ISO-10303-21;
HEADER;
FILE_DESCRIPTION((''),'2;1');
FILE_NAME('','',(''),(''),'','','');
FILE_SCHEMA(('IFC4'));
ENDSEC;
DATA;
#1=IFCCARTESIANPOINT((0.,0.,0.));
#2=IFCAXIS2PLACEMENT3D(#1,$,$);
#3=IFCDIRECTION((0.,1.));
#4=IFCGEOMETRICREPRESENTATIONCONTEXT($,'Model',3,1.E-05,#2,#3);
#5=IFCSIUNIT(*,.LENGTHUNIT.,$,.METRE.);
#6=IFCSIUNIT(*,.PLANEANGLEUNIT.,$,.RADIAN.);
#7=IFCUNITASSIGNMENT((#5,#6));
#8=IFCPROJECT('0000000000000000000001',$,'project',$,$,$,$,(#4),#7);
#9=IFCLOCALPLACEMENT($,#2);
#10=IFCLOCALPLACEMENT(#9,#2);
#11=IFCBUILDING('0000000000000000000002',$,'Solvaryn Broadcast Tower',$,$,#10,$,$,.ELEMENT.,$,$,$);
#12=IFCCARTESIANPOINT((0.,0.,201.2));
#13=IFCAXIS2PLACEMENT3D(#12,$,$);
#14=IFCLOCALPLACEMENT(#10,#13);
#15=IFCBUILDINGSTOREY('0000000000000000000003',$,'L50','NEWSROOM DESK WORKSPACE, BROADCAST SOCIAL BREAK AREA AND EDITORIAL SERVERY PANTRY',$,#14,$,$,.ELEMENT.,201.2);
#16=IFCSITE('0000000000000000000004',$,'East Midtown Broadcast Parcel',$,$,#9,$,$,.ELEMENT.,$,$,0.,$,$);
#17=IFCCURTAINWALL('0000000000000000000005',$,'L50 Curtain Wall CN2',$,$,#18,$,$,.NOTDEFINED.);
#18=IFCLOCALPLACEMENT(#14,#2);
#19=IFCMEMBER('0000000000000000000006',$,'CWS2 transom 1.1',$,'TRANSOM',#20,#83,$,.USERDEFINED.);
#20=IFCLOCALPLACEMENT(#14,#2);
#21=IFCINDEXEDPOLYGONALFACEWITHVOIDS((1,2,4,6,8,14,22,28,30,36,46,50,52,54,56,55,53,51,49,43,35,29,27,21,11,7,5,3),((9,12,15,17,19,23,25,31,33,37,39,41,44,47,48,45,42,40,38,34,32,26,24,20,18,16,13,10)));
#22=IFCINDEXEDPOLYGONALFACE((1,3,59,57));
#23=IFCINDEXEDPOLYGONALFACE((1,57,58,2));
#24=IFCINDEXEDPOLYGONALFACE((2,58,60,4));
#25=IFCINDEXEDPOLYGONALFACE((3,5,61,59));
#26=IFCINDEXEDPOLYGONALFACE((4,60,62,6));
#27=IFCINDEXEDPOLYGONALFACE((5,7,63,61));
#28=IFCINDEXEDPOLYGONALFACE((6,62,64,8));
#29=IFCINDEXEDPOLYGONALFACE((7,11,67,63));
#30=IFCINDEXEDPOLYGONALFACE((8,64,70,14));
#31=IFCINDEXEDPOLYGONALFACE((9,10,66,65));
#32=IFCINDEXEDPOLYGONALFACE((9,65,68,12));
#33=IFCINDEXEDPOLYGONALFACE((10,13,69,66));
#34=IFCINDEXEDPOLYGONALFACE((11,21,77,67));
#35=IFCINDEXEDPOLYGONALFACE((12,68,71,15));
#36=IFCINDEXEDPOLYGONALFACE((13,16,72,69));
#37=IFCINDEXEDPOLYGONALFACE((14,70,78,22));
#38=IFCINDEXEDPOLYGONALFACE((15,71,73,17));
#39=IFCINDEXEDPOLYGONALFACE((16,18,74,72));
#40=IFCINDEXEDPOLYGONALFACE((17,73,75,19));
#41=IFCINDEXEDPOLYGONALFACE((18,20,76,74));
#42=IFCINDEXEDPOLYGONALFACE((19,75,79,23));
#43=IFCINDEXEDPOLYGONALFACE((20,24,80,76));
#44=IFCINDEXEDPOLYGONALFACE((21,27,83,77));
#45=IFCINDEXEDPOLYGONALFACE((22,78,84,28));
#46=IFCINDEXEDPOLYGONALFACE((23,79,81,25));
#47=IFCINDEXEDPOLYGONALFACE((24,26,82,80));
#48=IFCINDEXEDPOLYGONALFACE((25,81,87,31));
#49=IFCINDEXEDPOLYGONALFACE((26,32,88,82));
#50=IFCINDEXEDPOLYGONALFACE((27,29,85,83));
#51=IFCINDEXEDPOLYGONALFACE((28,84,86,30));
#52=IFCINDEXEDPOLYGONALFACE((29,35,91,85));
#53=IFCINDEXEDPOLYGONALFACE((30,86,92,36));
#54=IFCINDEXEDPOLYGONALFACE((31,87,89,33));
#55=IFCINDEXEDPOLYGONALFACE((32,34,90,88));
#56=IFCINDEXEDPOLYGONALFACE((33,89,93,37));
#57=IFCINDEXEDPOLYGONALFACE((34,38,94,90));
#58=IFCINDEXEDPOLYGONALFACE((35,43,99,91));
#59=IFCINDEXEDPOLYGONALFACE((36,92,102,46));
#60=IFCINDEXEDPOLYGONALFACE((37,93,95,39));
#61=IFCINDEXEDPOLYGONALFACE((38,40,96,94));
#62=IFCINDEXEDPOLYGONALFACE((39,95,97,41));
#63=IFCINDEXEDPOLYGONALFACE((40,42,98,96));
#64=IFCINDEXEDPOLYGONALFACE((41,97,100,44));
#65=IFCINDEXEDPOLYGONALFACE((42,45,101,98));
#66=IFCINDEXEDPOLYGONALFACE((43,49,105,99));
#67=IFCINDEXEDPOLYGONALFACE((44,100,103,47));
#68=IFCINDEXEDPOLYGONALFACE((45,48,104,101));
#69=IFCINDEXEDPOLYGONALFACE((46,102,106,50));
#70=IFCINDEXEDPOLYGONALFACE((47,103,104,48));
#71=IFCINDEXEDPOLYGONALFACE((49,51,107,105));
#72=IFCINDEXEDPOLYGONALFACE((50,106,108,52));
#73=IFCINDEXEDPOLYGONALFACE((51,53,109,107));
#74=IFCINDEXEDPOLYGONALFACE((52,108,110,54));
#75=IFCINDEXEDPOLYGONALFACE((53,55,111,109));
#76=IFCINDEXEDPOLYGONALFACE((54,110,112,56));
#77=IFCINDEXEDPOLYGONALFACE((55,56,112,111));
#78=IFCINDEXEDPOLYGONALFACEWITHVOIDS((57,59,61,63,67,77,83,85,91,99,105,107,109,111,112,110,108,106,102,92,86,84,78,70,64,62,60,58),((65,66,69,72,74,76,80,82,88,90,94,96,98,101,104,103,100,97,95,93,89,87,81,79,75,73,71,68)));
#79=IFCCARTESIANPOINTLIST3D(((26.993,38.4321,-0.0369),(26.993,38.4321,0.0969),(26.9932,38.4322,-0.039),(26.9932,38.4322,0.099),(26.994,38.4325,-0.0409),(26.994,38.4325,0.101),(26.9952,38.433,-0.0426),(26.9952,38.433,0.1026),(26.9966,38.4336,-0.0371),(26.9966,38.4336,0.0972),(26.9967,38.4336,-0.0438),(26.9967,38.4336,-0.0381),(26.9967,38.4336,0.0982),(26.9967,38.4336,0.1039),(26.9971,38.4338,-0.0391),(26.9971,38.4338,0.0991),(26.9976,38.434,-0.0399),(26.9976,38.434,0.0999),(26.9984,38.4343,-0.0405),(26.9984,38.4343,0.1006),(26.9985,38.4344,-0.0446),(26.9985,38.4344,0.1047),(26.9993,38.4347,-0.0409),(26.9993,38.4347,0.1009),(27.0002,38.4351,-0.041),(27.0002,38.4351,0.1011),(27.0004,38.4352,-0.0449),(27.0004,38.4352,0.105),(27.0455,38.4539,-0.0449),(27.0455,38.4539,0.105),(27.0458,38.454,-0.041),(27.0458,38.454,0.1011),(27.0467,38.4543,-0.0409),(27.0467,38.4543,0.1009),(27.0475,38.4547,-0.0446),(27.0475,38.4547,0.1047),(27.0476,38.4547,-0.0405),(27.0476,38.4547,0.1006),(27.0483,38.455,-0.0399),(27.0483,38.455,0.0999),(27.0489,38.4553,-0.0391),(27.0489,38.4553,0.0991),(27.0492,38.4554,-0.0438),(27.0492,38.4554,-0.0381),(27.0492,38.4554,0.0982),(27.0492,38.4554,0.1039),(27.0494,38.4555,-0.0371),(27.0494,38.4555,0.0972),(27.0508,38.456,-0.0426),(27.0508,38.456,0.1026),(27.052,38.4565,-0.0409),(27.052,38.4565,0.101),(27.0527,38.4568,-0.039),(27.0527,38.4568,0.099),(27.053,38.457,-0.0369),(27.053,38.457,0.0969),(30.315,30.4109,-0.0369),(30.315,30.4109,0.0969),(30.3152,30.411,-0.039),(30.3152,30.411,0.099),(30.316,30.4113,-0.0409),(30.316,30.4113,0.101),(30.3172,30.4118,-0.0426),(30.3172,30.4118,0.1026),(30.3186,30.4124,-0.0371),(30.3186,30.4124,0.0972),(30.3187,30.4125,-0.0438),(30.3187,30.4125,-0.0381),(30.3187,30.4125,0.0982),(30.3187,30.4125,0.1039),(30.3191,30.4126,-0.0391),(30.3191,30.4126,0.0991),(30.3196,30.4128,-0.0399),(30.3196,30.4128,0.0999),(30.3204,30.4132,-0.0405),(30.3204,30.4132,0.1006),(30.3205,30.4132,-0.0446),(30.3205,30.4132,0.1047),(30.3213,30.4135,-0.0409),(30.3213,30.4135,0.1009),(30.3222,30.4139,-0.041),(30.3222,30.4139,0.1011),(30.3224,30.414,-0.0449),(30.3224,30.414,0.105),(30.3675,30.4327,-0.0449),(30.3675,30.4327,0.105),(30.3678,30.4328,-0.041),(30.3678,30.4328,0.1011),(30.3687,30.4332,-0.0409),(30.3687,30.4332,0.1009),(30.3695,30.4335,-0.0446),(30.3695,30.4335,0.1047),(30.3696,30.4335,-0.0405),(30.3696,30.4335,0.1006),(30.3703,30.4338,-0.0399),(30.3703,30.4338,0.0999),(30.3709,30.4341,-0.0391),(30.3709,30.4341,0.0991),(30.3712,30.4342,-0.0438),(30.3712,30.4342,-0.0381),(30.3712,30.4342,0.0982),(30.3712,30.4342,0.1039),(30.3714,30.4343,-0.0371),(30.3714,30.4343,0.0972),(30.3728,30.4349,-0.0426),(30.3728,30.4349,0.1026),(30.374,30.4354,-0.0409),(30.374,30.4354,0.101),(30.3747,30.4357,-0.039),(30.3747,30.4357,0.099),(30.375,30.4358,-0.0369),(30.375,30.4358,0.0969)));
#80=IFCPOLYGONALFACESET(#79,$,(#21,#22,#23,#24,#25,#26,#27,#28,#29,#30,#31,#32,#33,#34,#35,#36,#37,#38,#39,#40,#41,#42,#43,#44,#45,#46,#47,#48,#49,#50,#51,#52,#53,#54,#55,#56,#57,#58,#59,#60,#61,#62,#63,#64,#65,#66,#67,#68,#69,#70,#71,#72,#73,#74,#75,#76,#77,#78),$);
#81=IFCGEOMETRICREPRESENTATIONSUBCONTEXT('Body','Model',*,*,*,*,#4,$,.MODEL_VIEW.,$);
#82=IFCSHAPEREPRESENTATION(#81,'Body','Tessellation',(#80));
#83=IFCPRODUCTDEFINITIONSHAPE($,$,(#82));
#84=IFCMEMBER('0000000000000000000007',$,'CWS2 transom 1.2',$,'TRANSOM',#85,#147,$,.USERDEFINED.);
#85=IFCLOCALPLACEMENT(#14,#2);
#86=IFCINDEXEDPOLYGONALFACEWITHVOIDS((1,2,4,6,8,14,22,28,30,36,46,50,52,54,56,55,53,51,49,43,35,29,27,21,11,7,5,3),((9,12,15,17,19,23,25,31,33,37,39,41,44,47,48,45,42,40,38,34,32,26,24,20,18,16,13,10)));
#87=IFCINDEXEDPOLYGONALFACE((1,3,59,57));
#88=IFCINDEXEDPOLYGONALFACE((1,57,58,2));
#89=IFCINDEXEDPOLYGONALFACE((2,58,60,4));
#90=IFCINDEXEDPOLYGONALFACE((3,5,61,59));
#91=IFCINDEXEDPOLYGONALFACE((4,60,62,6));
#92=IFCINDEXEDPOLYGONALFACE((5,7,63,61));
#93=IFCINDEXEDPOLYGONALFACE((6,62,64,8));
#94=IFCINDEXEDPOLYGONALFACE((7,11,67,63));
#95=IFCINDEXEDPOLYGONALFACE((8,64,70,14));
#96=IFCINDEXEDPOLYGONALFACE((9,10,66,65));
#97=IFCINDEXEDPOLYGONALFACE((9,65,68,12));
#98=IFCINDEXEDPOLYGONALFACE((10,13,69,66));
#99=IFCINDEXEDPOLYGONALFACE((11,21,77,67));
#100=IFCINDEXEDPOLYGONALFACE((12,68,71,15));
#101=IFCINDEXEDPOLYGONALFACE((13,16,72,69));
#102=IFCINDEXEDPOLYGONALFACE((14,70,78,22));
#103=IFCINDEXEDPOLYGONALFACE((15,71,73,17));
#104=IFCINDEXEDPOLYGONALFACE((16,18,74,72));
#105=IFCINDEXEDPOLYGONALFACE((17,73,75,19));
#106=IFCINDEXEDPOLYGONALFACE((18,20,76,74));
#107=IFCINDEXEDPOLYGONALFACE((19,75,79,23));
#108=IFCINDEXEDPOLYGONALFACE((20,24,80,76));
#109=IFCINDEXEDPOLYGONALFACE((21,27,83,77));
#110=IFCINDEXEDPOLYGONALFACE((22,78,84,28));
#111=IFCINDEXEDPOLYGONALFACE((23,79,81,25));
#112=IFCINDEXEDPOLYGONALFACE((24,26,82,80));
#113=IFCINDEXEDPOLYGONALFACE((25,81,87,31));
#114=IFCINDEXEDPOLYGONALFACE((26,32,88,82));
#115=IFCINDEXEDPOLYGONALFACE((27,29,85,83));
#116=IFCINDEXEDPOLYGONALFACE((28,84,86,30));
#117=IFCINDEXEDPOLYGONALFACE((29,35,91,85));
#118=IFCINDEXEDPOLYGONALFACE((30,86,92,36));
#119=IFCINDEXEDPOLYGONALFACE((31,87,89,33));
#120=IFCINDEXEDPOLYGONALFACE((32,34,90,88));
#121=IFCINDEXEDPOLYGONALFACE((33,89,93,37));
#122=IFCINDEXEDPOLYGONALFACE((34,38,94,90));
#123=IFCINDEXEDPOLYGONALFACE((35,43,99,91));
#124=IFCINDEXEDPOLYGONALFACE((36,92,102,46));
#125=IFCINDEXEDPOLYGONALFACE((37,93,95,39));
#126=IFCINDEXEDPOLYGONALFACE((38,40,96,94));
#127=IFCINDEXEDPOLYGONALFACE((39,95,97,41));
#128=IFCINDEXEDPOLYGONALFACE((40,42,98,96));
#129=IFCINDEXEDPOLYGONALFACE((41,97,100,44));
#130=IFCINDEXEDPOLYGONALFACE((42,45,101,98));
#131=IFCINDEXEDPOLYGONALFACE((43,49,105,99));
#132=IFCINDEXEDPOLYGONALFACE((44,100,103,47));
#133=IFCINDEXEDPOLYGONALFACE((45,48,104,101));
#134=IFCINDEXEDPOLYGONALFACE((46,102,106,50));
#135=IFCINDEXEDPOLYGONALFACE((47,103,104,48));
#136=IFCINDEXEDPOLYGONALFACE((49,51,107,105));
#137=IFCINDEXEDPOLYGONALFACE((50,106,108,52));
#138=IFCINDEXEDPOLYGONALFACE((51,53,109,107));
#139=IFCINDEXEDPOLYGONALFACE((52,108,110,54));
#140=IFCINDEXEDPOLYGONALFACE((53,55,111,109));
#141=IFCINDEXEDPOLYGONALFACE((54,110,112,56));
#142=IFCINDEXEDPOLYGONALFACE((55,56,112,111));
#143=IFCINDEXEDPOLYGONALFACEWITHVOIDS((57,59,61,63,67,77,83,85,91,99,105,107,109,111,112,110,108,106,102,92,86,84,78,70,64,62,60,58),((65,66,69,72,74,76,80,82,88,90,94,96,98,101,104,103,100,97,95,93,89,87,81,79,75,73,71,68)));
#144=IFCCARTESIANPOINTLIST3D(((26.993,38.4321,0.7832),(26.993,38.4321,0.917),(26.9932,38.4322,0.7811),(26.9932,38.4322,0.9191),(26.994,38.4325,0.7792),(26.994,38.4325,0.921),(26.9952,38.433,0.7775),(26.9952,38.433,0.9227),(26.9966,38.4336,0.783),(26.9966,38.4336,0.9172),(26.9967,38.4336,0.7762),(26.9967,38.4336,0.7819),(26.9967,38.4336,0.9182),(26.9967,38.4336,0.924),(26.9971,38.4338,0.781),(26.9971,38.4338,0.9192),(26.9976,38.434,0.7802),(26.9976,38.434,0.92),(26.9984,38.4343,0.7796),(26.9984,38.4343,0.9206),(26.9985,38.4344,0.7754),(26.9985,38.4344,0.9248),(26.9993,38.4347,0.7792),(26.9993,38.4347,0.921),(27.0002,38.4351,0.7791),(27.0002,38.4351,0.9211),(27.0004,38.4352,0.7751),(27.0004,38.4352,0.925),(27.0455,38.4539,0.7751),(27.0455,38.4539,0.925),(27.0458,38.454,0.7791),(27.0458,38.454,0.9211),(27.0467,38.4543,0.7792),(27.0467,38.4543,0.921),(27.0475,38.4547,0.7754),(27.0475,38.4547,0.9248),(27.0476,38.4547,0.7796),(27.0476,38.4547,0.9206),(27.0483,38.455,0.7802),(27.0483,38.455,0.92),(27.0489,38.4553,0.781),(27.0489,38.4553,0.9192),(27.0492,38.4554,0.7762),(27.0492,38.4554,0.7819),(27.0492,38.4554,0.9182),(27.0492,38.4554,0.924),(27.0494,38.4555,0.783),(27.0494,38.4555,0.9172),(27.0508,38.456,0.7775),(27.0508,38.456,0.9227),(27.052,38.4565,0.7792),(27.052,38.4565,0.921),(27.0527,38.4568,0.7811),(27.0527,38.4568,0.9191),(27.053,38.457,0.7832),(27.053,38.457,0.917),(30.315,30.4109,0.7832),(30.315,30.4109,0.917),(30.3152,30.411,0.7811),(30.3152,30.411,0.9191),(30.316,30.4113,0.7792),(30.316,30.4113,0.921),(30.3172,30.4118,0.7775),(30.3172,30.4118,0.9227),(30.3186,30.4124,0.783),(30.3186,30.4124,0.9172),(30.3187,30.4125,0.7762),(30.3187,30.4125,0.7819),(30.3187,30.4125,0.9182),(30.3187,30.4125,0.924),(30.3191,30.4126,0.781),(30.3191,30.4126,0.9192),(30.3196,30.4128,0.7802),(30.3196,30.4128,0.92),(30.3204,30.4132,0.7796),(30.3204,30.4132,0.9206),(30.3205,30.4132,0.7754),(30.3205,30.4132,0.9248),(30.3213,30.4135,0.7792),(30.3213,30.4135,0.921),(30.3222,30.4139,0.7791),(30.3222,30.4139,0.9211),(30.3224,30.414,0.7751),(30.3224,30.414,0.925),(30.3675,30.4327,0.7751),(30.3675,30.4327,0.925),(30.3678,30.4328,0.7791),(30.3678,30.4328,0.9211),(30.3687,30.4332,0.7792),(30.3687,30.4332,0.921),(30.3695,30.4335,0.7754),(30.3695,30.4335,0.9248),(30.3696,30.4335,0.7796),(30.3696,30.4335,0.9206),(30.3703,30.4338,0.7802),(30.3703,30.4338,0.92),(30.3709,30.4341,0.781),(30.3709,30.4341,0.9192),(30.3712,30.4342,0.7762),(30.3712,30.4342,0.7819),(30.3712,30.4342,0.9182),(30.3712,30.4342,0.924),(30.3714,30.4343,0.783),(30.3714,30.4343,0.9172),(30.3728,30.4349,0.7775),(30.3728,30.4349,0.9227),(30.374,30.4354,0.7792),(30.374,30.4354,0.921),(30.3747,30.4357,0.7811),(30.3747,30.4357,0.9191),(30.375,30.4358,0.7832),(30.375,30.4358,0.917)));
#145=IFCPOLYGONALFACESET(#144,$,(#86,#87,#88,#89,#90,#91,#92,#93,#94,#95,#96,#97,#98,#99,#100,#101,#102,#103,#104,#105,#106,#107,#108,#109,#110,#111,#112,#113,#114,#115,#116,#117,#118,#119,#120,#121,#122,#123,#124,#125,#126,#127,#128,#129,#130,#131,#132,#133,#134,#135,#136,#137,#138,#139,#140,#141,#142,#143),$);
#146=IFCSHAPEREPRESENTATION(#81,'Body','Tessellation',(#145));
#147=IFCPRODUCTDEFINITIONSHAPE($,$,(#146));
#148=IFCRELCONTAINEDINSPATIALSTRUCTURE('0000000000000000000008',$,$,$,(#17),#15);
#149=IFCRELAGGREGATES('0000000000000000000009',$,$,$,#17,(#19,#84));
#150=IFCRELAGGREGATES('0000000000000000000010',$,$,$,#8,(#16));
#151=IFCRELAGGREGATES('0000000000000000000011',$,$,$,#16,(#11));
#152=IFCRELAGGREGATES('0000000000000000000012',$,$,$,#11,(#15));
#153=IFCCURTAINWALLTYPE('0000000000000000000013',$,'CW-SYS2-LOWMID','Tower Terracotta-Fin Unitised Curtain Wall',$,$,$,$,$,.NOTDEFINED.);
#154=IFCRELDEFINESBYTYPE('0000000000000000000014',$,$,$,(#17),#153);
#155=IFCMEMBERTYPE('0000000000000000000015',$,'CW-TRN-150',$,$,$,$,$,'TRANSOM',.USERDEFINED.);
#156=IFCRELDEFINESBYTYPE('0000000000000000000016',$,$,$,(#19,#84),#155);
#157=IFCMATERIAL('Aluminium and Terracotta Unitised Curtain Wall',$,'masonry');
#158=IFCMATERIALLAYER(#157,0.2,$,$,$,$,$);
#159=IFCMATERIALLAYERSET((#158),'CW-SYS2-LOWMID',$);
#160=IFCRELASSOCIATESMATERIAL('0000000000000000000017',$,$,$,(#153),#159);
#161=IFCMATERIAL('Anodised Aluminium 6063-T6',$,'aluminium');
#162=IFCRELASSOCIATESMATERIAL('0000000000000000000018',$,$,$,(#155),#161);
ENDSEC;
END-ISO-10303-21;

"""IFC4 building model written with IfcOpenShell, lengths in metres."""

from ifc_helpers import new_model, si_unit, direction, frame, origin, origin_2d, place, context, subcontext, project, spatial, hollow_rectangle, extrude, material, layer, layer_set, material_profile, profile_set, type_object, element, aggregate, save


model = new_model("IFC4")

# Units and contexts
model_context = context("Model", 3, precision=1e-05, world=origin(), true_north=direction((0.0, 1.0)))
body_context = subcontext(model_context, "Body", "Model", "MODEL_VIEW")
ifc_project = project(units=[si_unit("LENGTHUNIT", "METRE"), si_unit("PLANEANGLEUNIT", "RADIAN")], contexts=[model_context])

# Site, building, storey
site_placement = place(None, origin())
site = spatial("IfcSite", under=ifc_project, at=site_placement, Name="East Midtown Broadcast Parcel", CompositionType="ELEMENT", RefElevation=0.0)
building_placement = place(site_placement, origin())
building = spatial("IfcBuilding", under=site, at=building_placement, Name="Solvaryn Broadcast Tower", CompositionType="ELEMENT")
storey_placement = place(building_placement, frame((0.0, 0.0, 201.2)))
storey = spatial("IfcBuildingStorey", under=building, at=storey_placement, Name="L50", Description="NEWSROOM DESK WORKSPACE, BROADCAST SOCIAL BREAK AREA AND EDITORIAL SERVERY PANTRY", CompositionType="ELEMENT", Elevation=201.2)

# Shared definitions
ifc_material_1 = material(Name="Aluminium and Terracotta Unitised Curtain Wall", Category="masonry")
ifc_layer_1 = layer(ifc_material_1, 0.2)
ifc_layer_set_1 = layer_set([ifc_layer_1], Name="CW-SYS2-LOWMID")
curtain_wall_type = type_object("IfcCurtainWallType", Name="CW-SYS2-LOWMID", Description="Tower Terracotta-Fin Unitised Curtain Wall", PredefinedType="NOTDEFINED", material=ifc_layer_set_1)

# Curtain wall, members
curtain_wall_1_placement = place(storey_placement, origin())
curtain_wall_1 = element("IfcCurtainWall", 1, at=curtain_wall_1_placement, inside=storey, type_object=curtain_wall_type, Name="L50 Curtain Wall CN2", PredefinedType="NOTDEFINED")
ifc_material_2 = material(Name="Anodised Aluminium 6063-T6", Category="aluminium")
ifc_material_profile_1 = material_profile(ifc_material_2, hollow_rectangle(XDim=0.0649, YDim=0.1499, WallThickness=0.0039, InnerFilletRadius=0.0039, OuterFilletRadius=0.0081, at=origin_2d()))
ifc_profile_set_1 = profile_set([ifc_material_profile_1], Name="Anodised Aluminium 6063-T6")
member_type_1 = type_object("IfcMemberType", Name="CW-TRN-150", ElementType="TRANSOM", PredefinedType="USERDEFINED", material=ifc_profile_set_1)
member_1_placement = place(storey_placement, frame((30.345, 30.4233, 0.03), z_axis=(-0.382636, 0.923899, 0.0), x_axis=(-0.923899, -0.382636, 0.0)))
member_1 = element("IfcMember", 2, at=member_1_placement, type_object=member_type_1, Name="CWS2 transom 1.1", ObjectType="TRANSOM", PredefinedType="USERDEFINED", context=body_context, shape_type="SweptSolid", body=[
    extrude(hollow_rectangle(XDim=0.0649, YDim=0.1499, WallThickness=0.0039, InnerFilletRadius=0.0039, OuterFilletRadius=0.0081, at=origin_2d()), origin(), (0.0, 0.0, 1.0), 8.6819),
])
member_2_placement = place(storey_placement, frame((30.345, 30.4233, 0.8501), z_axis=(-0.382636, 0.923899, 0.0), x_axis=(-0.923899, -0.382636, 0.0)))
member_2 = element("IfcMember", 3, at=member_2_placement, type_object=member_type_1, Name="CWS2 transom 1.2", ObjectType="TRANSOM", PredefinedType="USERDEFINED", context=body_context, shape_type="SweptSolid", body=[
    extrude(hollow_rectangle(XDim=0.0649, YDim=0.1499, WallThickness=0.0039, InnerFilletRadius=0.0039, OuterFilletRadius=0.0081, at=origin_2d()), origin(), (0.0, 0.0, 1.0), 8.6819),
])
aggregate(curtain_wall_1, [member_1, member_2])

save(model, "model.ifc")
